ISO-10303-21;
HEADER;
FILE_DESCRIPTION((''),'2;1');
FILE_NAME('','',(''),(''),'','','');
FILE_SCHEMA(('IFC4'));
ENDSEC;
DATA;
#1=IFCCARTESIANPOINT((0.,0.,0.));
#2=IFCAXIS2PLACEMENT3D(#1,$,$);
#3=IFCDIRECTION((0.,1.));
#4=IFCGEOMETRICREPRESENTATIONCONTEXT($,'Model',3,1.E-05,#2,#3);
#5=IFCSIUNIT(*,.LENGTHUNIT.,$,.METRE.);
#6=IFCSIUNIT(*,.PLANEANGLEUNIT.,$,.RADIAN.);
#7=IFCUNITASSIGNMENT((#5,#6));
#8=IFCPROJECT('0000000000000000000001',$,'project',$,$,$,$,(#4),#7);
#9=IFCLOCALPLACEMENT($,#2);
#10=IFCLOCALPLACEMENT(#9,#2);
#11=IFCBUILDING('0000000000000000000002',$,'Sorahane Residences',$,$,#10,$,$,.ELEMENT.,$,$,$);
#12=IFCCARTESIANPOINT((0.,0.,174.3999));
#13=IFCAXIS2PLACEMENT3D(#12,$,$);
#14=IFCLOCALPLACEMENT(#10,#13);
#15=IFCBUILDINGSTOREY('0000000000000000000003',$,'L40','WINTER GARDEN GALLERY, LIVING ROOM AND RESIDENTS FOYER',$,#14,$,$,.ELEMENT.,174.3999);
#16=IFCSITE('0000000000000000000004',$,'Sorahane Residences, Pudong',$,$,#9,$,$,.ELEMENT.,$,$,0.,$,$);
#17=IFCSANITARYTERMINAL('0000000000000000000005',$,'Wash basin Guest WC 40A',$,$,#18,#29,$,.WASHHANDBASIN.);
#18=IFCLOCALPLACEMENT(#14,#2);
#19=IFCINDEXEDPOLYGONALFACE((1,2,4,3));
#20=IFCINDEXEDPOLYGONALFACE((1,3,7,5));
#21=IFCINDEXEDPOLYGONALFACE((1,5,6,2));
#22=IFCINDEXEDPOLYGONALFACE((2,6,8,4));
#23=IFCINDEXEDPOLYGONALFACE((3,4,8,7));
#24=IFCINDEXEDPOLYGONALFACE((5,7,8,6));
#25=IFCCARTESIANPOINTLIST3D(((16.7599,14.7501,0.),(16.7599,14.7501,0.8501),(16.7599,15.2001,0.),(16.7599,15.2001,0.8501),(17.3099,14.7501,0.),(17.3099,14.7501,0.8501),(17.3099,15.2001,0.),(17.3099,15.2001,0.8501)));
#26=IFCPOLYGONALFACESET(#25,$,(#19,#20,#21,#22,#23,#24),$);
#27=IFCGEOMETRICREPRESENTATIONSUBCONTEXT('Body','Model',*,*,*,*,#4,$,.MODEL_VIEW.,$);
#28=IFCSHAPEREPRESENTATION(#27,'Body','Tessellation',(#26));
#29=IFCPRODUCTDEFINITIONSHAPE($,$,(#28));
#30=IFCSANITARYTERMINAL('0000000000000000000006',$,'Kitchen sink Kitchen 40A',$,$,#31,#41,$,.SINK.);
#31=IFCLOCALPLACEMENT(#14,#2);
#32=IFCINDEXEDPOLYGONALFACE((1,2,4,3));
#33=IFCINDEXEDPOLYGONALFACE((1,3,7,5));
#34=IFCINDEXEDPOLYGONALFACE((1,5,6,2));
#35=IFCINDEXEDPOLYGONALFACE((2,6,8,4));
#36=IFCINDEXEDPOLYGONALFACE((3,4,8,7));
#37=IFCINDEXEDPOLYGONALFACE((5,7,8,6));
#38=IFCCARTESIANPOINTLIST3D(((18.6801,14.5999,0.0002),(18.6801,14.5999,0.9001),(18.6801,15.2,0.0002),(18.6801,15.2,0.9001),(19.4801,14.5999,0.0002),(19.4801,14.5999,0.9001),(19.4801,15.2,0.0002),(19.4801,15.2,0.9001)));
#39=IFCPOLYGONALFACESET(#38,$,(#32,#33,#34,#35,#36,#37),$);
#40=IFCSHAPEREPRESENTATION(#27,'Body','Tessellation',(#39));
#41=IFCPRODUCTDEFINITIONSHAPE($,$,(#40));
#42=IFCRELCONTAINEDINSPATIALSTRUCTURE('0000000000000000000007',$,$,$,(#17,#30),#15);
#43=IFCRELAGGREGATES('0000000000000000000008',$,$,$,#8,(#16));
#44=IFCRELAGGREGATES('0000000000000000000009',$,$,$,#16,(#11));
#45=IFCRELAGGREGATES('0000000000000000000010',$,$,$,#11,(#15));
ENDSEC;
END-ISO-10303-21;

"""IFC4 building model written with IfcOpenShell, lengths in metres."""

from ifc_helpers import new_model, si_unit, direction, frame, origin, origin_2d, place, context, subcontext, project, spatial, rectangle, extrude, element, save


model = new_model("IFC4")

# Units and contexts
model_context = context("Model", 3, precision=1e-05, world=origin(), true_north=direction((0.0, 1.0)))
body_context = subcontext(model_context, "Body", "Model", "MODEL_VIEW")
ifc_project = project(units=[si_unit("LENGTHUNIT", "METRE"), si_unit("PLANEANGLEUNIT", "RADIAN")], contexts=[model_context])

# Site, building, storey
site_placement = place(None, origin())
site = spatial("IfcSite", under=ifc_project, at=site_placement, Name="Sorahane Residences, Pudong", CompositionType="ELEMENT", RefElevation=0.0)
building_placement = place(site_placement, origin())
building = spatial("IfcBuilding", under=site, at=building_placement, Name="Sorahane Residences", CompositionType="ELEMENT")
storey_placement = place(building_placement, frame((0.0, 0.0, 174.3999)))
storey = spatial("IfcBuildingStorey", under=building, at=storey_placement, Name="L40", Description="WINTER GARDEN GALLERY, LIVING ROOM AND RESIDENTS FOYER", CompositionType="ELEMENT", Elevation=174.3999)

# Sanitary terminals
sanitary_terminal_1_placement = place(storey_placement, frame((17.0349, 14.9751, 0.0), z_axis=(0.0, 0.0, 1.0), x_axis=(1.0, 0.0, 0.0)))
element("IfcSanitaryTerminal", 1, at=sanitary_terminal_1_placement, inside=storey, Name="Wash basin Guest WC 40A", PredefinedType="WASHHANDBASIN", context=body_context, shape_type="SweptSolid", body=[
    extrude(rectangle(XDim=0.55, YDim=0.45, at=origin_2d()), origin(), (0.0, 0.0, 1.0), 0.8501),
])
sanitary_terminal_2_placement = place(storey_placement, frame((19.0801, 14.8999, 0.0002), z_axis=(0.0, 0.0, 1.0), x_axis=(1.0, 0.0, 0.0)))
element("IfcSanitaryTerminal", 2, at=sanitary_terminal_2_placement, inside=storey, Name="Kitchen sink Kitchen 40A", PredefinedType="SINK", context=body_context, shape_type="SweptSolid", body=[
    extrude(rectangle(XDim=0.8, YDim=0.6001, at=origin_2d()), origin(), (0.0, 0.0, 1.0), 0.8999),
])

save(model, "model.ifc")
